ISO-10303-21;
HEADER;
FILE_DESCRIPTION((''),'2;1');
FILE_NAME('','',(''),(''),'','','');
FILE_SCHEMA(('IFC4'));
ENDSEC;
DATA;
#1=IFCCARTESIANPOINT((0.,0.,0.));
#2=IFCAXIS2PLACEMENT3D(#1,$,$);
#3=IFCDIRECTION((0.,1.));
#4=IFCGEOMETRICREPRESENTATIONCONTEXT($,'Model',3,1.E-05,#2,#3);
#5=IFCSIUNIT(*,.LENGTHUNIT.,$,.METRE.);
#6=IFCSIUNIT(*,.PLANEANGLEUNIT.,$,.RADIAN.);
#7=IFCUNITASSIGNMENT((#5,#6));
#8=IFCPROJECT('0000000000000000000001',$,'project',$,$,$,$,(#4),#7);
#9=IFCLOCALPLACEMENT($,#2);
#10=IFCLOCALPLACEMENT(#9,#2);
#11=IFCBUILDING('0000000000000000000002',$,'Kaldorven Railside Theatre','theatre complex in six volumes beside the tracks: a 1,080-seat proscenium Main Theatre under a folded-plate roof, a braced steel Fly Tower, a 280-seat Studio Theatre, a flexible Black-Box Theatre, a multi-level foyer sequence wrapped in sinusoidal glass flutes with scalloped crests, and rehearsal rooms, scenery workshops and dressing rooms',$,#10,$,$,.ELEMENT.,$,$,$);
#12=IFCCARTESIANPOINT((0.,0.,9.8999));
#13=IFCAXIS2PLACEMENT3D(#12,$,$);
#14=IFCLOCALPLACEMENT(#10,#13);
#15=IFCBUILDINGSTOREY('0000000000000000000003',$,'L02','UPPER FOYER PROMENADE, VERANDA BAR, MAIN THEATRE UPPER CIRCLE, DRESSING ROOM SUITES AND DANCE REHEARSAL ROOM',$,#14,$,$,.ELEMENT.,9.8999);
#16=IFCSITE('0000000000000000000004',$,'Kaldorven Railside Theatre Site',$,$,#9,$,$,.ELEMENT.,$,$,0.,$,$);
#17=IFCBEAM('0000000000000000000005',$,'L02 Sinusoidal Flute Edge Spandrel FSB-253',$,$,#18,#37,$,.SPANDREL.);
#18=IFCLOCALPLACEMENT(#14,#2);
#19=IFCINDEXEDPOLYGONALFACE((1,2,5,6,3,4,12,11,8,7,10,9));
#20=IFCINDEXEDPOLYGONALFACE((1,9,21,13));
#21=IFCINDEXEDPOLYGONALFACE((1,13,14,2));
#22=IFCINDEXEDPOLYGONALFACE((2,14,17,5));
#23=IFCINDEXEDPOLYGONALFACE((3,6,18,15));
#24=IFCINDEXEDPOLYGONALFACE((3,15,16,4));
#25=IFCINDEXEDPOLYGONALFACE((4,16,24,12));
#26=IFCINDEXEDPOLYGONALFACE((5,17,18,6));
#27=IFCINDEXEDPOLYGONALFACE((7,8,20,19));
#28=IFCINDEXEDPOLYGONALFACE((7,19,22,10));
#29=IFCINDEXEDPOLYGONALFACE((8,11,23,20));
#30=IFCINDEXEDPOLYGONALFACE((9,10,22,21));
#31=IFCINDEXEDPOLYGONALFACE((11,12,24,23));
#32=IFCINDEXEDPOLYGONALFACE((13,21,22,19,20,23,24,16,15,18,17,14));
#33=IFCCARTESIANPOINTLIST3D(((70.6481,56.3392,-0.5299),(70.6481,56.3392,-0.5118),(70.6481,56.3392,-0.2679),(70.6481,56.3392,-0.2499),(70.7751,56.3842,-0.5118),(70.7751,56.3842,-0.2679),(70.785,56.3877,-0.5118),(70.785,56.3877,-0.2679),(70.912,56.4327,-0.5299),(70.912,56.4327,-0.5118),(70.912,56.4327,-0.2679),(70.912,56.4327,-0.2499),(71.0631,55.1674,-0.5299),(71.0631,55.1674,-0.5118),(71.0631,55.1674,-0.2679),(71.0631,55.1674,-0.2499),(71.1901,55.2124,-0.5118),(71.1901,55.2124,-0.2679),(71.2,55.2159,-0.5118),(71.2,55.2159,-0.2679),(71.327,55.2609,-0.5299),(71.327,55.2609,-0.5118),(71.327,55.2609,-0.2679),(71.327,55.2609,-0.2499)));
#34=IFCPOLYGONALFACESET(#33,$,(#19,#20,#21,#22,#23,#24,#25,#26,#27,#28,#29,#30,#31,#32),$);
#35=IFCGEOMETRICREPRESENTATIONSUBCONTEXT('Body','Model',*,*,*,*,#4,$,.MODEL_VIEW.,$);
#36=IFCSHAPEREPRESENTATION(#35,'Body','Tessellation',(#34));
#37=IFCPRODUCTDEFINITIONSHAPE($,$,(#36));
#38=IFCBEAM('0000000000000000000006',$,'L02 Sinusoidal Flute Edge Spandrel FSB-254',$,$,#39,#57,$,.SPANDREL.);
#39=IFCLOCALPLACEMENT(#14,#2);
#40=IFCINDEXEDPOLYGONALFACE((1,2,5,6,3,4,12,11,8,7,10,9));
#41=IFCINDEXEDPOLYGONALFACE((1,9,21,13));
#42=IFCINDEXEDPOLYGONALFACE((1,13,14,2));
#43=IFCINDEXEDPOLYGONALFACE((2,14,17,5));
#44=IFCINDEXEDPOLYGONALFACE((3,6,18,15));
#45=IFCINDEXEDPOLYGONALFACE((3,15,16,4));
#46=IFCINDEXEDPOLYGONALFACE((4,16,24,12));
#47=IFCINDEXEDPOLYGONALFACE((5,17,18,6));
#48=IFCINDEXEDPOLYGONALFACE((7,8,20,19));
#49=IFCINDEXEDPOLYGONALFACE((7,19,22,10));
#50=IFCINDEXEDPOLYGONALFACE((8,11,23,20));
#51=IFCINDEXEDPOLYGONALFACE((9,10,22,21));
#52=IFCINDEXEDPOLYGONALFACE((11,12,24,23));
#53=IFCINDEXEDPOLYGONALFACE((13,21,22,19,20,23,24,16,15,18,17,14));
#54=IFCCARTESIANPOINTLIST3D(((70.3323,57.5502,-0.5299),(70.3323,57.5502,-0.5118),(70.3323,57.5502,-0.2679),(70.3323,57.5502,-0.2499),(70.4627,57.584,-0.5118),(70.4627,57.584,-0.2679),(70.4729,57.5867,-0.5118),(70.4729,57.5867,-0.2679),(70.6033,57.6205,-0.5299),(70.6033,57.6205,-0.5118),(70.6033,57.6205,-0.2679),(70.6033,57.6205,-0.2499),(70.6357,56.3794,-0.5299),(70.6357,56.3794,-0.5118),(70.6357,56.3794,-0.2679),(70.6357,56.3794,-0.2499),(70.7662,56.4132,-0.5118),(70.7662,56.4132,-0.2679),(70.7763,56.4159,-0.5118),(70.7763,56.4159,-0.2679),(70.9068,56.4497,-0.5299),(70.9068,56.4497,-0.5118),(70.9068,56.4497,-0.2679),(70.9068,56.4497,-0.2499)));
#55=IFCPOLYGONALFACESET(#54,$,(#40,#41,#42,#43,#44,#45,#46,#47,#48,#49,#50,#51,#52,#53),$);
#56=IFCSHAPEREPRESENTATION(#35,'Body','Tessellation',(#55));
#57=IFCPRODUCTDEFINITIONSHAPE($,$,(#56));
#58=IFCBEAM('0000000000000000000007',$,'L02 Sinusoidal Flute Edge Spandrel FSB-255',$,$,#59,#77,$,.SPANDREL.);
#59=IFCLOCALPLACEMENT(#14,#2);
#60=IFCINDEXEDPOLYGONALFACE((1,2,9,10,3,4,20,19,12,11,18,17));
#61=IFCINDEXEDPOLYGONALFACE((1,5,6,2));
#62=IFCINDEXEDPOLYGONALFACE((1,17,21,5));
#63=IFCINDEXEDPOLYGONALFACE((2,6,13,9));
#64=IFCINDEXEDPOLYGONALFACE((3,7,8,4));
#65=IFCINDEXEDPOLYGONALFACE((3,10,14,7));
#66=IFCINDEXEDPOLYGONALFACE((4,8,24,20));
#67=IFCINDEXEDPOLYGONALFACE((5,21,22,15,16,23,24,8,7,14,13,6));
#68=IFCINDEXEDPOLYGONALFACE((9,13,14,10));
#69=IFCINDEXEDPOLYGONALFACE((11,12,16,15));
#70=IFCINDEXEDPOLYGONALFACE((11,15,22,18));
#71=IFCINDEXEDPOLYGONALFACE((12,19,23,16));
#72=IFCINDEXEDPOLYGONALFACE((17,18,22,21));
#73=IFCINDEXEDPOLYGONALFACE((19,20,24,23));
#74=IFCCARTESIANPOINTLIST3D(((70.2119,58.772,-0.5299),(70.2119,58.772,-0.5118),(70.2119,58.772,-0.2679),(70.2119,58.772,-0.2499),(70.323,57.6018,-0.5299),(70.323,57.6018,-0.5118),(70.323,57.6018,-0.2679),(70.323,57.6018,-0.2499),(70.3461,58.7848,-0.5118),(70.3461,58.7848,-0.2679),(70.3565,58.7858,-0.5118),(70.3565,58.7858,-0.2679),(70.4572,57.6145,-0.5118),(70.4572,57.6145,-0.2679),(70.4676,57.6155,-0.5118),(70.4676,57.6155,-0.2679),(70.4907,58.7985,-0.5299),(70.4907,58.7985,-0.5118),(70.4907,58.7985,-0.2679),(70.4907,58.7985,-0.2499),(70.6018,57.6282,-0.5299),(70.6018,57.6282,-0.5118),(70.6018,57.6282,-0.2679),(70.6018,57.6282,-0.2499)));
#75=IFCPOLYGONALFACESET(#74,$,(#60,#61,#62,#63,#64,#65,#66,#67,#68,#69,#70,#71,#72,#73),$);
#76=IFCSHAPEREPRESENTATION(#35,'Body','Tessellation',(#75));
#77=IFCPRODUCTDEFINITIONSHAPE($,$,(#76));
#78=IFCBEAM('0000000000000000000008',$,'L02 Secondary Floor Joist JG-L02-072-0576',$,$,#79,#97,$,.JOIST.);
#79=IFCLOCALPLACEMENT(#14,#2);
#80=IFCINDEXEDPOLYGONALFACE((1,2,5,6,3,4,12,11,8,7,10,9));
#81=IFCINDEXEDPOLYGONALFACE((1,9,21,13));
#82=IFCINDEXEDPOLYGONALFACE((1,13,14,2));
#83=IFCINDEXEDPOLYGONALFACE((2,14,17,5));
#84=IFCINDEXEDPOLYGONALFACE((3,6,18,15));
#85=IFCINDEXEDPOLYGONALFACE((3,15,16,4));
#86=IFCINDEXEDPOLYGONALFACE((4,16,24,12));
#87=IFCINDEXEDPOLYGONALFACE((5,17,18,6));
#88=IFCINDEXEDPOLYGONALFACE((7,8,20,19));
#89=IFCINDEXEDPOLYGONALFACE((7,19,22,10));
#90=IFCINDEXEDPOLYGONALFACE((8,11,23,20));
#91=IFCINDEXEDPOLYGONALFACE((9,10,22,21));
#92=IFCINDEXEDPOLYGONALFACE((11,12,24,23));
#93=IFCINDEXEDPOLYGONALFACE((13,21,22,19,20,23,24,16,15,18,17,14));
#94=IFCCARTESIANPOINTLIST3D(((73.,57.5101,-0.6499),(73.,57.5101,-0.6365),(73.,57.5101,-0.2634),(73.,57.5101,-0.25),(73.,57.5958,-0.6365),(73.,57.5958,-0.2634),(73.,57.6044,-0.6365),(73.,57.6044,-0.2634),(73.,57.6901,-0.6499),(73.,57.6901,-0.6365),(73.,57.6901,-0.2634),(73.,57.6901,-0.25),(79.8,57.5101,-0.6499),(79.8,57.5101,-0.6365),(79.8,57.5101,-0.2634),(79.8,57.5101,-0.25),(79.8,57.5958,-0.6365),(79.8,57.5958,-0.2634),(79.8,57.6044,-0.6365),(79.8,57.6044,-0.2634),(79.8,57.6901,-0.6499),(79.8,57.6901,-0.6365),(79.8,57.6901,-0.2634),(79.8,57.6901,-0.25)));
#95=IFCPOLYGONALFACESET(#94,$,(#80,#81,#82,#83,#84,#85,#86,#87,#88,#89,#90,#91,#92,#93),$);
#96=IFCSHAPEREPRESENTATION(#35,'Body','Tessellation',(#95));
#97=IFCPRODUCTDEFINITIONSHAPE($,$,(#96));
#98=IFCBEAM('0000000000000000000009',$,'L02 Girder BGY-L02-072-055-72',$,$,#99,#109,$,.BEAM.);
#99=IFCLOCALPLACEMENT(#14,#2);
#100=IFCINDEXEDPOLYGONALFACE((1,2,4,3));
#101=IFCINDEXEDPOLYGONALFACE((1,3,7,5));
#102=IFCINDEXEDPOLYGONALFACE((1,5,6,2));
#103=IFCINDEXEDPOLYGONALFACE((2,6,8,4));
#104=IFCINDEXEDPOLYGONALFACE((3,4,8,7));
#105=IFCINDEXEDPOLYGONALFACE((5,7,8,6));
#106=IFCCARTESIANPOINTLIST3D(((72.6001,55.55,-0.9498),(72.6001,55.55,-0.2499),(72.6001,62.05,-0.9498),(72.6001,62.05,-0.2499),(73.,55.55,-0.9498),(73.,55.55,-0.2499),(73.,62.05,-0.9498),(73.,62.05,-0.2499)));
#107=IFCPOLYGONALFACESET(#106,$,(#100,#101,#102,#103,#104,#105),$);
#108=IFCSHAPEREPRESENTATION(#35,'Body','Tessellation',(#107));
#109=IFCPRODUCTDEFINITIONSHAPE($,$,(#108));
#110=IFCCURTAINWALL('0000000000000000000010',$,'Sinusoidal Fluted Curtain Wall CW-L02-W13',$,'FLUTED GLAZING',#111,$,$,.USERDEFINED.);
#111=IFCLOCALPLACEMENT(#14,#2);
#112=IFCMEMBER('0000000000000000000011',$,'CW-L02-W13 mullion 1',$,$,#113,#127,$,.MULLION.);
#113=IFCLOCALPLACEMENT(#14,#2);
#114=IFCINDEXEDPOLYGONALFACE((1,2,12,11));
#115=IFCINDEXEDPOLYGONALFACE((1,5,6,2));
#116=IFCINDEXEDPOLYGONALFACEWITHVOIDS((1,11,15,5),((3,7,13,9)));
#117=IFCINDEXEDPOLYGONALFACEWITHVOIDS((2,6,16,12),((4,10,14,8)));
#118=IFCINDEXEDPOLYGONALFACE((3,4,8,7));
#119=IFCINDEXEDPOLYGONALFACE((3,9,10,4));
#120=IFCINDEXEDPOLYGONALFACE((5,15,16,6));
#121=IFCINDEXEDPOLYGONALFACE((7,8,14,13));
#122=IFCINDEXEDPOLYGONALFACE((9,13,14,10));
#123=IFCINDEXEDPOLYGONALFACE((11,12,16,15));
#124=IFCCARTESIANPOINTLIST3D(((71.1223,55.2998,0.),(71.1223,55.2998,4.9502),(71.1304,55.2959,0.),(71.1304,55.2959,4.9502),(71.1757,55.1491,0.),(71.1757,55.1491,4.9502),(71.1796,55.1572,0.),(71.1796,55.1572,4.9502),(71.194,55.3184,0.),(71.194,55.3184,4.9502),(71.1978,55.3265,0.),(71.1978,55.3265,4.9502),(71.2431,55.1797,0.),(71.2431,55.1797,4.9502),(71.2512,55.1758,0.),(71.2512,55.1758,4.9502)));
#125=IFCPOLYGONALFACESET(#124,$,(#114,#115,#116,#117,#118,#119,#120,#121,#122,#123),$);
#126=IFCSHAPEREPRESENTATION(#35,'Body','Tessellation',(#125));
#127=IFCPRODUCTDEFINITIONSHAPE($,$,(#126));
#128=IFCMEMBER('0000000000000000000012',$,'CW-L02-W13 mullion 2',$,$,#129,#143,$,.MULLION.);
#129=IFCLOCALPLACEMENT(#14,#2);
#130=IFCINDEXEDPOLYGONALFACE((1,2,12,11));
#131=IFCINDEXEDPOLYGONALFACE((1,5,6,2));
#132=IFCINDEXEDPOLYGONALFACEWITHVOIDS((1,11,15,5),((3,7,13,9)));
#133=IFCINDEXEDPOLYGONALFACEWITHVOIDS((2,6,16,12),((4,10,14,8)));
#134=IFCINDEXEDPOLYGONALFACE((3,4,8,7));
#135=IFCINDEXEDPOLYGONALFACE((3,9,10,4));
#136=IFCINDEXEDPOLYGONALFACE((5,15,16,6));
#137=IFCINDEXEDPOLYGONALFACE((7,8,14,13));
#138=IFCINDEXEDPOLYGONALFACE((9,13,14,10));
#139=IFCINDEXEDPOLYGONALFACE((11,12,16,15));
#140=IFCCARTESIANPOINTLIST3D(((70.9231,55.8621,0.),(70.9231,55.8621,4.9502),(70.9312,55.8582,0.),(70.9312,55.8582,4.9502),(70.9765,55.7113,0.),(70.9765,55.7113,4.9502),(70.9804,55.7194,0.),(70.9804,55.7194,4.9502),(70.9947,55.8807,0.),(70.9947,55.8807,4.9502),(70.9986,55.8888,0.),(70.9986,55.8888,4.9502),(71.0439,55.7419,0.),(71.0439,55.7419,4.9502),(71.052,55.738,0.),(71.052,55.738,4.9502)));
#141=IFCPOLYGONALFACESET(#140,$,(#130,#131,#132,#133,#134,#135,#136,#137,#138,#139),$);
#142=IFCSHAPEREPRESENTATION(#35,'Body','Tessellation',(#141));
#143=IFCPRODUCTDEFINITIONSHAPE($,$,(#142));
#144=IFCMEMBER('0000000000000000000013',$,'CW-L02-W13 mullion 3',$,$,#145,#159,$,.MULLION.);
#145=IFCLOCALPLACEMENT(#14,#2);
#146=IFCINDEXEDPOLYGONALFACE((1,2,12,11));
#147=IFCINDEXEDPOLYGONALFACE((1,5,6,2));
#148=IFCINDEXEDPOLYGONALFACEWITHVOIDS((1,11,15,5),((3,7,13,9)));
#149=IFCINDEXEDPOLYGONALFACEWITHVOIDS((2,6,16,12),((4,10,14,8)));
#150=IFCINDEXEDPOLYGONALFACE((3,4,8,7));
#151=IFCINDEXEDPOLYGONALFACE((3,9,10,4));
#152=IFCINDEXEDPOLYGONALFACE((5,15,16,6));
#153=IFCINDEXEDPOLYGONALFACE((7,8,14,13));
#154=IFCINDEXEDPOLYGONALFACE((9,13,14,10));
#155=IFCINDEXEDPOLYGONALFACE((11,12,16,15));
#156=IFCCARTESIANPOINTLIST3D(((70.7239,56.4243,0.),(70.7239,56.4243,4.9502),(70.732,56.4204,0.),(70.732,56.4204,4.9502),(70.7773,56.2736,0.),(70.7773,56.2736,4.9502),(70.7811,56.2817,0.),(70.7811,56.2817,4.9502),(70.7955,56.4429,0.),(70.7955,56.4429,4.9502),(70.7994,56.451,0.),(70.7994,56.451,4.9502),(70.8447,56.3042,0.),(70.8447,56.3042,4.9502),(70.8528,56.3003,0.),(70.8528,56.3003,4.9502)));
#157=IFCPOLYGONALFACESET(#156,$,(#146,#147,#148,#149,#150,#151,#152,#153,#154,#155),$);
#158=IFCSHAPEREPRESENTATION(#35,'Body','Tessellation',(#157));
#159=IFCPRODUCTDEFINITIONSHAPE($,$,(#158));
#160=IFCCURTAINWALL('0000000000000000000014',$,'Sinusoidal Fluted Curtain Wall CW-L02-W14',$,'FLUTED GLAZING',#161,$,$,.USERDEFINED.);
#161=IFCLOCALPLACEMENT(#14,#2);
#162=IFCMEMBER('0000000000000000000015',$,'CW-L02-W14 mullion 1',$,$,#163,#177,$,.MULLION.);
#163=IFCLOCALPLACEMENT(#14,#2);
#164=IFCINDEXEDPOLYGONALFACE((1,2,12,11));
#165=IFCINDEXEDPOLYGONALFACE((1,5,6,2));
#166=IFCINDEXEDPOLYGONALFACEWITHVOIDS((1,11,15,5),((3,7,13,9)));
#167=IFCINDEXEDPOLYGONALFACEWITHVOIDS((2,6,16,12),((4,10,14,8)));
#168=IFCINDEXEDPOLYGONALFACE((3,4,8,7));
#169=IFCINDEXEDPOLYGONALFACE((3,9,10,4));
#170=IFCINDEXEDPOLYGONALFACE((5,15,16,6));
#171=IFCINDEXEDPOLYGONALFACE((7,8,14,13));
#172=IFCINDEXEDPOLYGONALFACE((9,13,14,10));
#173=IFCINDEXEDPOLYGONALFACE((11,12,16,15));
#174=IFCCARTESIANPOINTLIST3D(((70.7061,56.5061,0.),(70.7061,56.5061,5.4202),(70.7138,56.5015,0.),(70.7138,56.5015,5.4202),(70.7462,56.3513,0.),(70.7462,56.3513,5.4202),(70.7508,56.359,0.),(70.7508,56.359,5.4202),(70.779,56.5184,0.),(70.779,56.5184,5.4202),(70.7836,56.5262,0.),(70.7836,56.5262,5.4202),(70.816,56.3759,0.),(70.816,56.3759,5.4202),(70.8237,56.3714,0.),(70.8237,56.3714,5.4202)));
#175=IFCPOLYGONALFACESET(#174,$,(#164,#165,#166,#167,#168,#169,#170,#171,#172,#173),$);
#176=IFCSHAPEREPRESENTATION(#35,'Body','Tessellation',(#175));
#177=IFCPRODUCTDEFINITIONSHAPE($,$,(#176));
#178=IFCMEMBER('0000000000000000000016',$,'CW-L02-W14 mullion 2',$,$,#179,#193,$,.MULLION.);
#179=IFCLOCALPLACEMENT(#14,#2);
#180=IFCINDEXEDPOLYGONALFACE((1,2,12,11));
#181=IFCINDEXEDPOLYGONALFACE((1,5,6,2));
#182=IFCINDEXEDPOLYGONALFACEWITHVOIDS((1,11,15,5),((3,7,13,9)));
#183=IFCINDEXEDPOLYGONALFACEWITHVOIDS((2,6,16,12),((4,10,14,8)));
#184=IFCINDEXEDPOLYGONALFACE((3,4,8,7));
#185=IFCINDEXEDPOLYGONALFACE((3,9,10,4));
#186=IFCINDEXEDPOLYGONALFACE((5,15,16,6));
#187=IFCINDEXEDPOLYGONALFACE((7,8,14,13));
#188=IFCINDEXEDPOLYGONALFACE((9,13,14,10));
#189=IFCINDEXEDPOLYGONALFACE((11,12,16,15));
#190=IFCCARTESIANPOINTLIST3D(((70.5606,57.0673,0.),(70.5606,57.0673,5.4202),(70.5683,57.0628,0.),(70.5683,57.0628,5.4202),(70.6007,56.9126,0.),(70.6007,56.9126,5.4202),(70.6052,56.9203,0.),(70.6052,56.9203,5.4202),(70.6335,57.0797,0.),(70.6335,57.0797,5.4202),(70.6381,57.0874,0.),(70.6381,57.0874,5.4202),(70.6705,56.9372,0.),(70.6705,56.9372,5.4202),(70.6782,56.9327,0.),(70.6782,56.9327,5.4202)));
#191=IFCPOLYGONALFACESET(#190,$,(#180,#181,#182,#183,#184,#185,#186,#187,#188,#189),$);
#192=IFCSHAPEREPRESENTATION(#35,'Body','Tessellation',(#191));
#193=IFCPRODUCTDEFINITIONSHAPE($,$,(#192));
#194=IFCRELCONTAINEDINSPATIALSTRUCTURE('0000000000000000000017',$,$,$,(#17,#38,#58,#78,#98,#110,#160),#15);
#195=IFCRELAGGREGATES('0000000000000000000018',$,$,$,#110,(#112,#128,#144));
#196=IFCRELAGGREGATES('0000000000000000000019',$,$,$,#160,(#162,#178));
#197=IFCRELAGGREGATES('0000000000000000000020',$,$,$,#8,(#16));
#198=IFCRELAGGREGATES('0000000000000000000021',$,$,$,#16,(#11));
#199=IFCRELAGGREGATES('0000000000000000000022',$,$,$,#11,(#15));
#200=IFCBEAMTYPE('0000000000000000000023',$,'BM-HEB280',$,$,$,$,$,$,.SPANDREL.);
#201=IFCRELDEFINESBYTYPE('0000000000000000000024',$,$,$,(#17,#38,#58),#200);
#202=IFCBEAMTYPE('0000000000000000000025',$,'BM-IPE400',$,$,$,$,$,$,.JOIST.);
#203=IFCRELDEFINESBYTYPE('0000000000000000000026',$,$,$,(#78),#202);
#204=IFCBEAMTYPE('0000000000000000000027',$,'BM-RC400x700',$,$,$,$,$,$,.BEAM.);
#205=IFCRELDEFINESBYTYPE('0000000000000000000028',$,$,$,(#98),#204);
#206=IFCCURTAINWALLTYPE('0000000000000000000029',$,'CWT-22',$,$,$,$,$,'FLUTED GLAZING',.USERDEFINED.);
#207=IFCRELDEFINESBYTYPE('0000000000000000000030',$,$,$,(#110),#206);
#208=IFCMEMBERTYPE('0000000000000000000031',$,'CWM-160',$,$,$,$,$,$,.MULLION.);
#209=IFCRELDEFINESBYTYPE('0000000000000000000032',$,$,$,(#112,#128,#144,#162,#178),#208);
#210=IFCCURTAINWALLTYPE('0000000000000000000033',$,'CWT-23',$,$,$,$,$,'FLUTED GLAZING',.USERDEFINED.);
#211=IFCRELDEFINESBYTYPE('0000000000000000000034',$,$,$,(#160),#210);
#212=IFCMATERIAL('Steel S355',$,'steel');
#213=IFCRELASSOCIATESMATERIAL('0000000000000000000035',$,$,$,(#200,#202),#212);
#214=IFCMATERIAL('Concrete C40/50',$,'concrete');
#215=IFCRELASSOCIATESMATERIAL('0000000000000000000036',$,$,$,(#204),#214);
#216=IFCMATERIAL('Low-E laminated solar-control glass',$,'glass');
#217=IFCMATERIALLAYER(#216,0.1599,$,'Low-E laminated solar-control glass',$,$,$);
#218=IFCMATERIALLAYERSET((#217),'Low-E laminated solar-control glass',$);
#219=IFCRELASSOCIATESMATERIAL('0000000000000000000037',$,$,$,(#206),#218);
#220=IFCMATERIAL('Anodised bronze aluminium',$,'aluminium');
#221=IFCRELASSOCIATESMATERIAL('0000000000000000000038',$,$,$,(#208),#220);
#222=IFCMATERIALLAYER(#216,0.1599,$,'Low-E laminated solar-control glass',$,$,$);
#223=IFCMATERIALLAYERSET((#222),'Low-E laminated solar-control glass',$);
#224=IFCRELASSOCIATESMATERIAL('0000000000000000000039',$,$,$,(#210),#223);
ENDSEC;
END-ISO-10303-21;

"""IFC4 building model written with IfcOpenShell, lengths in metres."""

from ifc_helpers import new_model, si_unit, direction, frame, origin, origin_2d, place, context, subcontext, project, spatial, rectangle, hollow_rectangle, i_section, extrude, material, layer, layer_set, material_profile, profile_set, type_object, element, aggregate, save


model = new_model("IFC4")

# Units and contexts
model_context = context("Model", 3, precision=1e-05, world=origin(), true_north=direction((0.0, 1.0)))
body_context = subcontext(model_context, "Body", "Model", "MODEL_VIEW")
ifc_project = project(units=[si_unit("LENGTHUNIT", "METRE"), si_unit("PLANEANGLEUNIT", "RADIAN")], contexts=[model_context])

# Site, building, storey
site_placement = place(None, origin())
site = spatial("IfcSite", under=ifc_project, at=site_placement, Name="Kaldorven Railside Theatre Site", CompositionType="ELEMENT", RefElevation=0.0)
building_placement = place(site_placement, origin())
building = spatial("IfcBuilding", under=site, at=building_placement, Name="Kaldorven Railside Theatre", Description="theatre complex in six volumes beside the tracks: a 1,080-seat proscenium Main Theatre under a folded-plate roof, a braced steel Fly Tower, a 280-seat Studio Theatre, a flexible Black-Box Theatre, a multi-level foyer sequence wrapped in sinusoidal glass flutes with scalloped crests, and rehearsal rooms, scenery workshops and dressing rooms", CompositionType="ELEMENT")
storey_placement = place(building_placement, frame((0.0, 0.0, 9.8999)))
storey = spatial("IfcBuildingStorey", under=building, at=storey_placement, Name="L02", Description="UPPER FOYER PROMENADE, VERANDA BAR, MAIN THEATRE UPPER CIRCLE, DRESSING ROOM SUITES AND DANCE REHEARSAL ROOM", CompositionType="ELEMENT", Elevation=9.8999)

# Beams
ifc_material_1 = material(Name="Steel S355", Category="steel")
ifc_material_profile_1 = material_profile(ifc_material_1, i_section(OverallWidth=0.28, OverallDepth=0.28, WebThickness=0.0105, FlangeThickness=0.0181, at=origin_2d()), Name="HEB 280")
ifc_profile_set_1 = profile_set([ifc_material_profile_1], Name="Steel S355")
beam_type_1 = type_object("IfcBeamType", Name="BM-HEB280", PredefinedType="SPANDREL", material=ifc_profile_set_1)
beam_1_placement = place(storey_placement, frame((71.1951, 55.2141, -0.3899), z_axis=(-0.333847, 0.942627, 0.0), x_axis=(-0.942627, -0.333847, 0.0)))
element("IfcBeam", 1, at=beam_1_placement, inside=storey, type_object=beam_type_1, Name="L02 Sinusoidal Flute Edge Spandrel FSB-253", PredefinedType="SPANDREL", context=body_context, shape_type="SweptSolid", body=[
    extrude(i_section(OverallWidth=0.28, OverallDepth=0.28, WebThickness=0.0105, FlangeThickness=0.0181, at=origin_2d()), origin(), (0.0, 0.0, 1.0), 1.2432),
])
beam_2_placement = place(storey_placement, frame((70.7712, 56.4146, -0.3899), z_axis=(-0.250885, 0.968017, 0.0), x_axis=(-0.968017, -0.250885, 0.0)))
element("IfcBeam", 2, at=beam_2_placement, inside=storey, type_object=beam_type_1, Name="L02 Sinusoidal Flute Edge Spandrel FSB-254", PredefinedType="SPANDREL", context=body_context, shape_type="SweptSolid", body=[
    extrude(i_section(OverallWidth=0.28, OverallDepth=0.28, WebThickness=0.0105, FlangeThickness=0.0181, at=origin_2d()), origin(), (0.0, 0.0, 1.0), 1.2095),
])
beam_3_placement = place(storey_placement, frame((70.4624, 57.615, -0.3899), z_axis=(-0.094505, 0.995524, 0.0), x_axis=(-0.995524, -0.094505, 0.0)))
element("IfcBeam", 3, at=beam_3_placement, inside=storey, type_object=beam_type_1, Name="L02 Sinusoidal Flute Edge Spandrel FSB-255", PredefinedType="SPANDREL", context=body_context, shape_type="SweptSolid", body=[
    extrude(i_section(OverallWidth=0.28, OverallDepth=0.28, WebThickness=0.0105, FlangeThickness=0.0181, at=origin_2d()), origin(), (0.0, 0.0, 1.0), 1.1755),
])
ifc_material_profile_2 = material_profile(ifc_material_1, i_section(OverallWidth=0.1799, OverallDepth=0.3999, WebThickness=0.0085, FlangeThickness=0.0134, at=origin_2d()), Name="IPE 400")
ifc_profile_set_2 = profile_set([ifc_material_profile_2], Name="Steel S355")
beam_type_2 = type_object("IfcBeamType", Name="BM-IPE400", PredefinedType="JOIST", material=ifc_profile_set_2)
beam_4_placement = place(storey_placement, frame((73.0, 57.6001, -0.45), z_axis=(1.0, 0.0, 0.0), x_axis=(0.0, 1.0, 0.0)))
element("IfcBeam", 4, at=beam_4_placement, inside=storey, type_object=beam_type_2, Name="L02 Secondary Floor Joist JG-L02-072-0576", PredefinedType="JOIST", context=body_context, shape_type="SweptSolid", body=[
    extrude(i_section(OverallWidth=0.1799, OverallDepth=0.3999, WebThickness=0.0085, FlangeThickness=0.0134, at=origin_2d()), origin(), (0.0, 0.0, 1.0), 6.8),
])
ifc_material_2 = material(Name="Concrete C40/50", Category="concrete")
ifc_material_profile_3 = material_profile(ifc_material_2, rectangle(XDim=0.3999, YDim=0.7, at=origin_2d()), Name="RC 400x700")
ifc_profile_set_3 = profile_set([ifc_material_profile_3], Name="Concrete C40/50")
beam_type_3 = type_object("IfcBeamType", Name="BM-RC400x700", PredefinedType="BEAM", material=ifc_profile_set_3)
beam_5_placement = place(storey_placement, frame((72.8, 55.55, -0.5999), z_axis=(0.0, 1.0, 0.0), x_axis=(-1.0, 0.0, 0.0)))
element("IfcBeam", 5, at=beam_5_placement, inside=storey, type_object=beam_type_3, Name="L02 Girder BGY-L02-072-055-72", PredefinedType="BEAM", context=body_context, shape_type="SweptSolid", body=[
    extrude(rectangle(XDim=0.3999, YDim=0.7, at=origin_2d()), origin(), (0.0, 0.0, 1.0), 6.5),
])

# Curtain walls, members
ifc_material_3 = material(Name="Low-E laminated solar-control glass", Category="glass")
ifc_layer_1 = layer(ifc_material_3, 0.1599, Name="Low-E laminated solar-control glass")
ifc_layer_set_1 = layer_set([ifc_layer_1], Name="Low-E laminated solar-control glass")
curtain_wall_type_1 = type_object("IfcCurtainWallType", Name="CWT-22", ElementType="FLUTED GLAZING", PredefinedType="USERDEFINED", material=ifc_layer_set_1)
curtain_wall_1_placement = place(storey_placement, origin())
curtain_wall_1 = element("IfcCurtainWall", 6, at=curtain_wall_1_placement, inside=storey, type_object=curtain_wall_type_1, Name="Sinusoidal Fluted Curtain Wall CW-L02-W13", ObjectType="FLUTED GLAZING", PredefinedType="USERDEFINED")
ifc_material_4 = material(Name="Anodised bronze aluminium", Category="aluminium")
ifc_material_profile_4 = material_profile(ifc_material_4, hollow_rectangle(XDim=0.0801, YDim=0.1599, WallThickness=0.0063, at=origin_2d()), Name="RHS 160x80x6.3")
ifc_profile_set_4 = profile_set([ifc_material_profile_4], Name="Anodised bronze aluminium")
member_type_1 = type_object("IfcMemberType", Name="CWM-160", PredefinedType="MULLION", material=ifc_profile_set_4)
member_1_placement = place(storey_placement, frame((71.1868, 55.2378, 0.0), z_axis=(0.0, 0.0, 1.0), x_axis=(-0.942627, -0.333847, 0.0)))
member_1 = element("IfcMember", 7, at=member_1_placement, type_object=member_type_1, Name="CW-L02-W13 mullion 1", PredefinedType="MULLION", context=body_context, shape_type="SweptSolid", body=[
    extrude(hollow_rectangle(XDim=0.0801, YDim=0.1599, WallThickness=0.0063, at=origin_2d()), origin(), (0.0, 0.0, 1.0), 4.9502),
])
member_2_placement = place(storey_placement, frame((70.9875, 55.8, 0.0), z_axis=(0.0, 0.0, 1.0), x_axis=(-0.942627, -0.333847, 0.0)))
member_2 = element("IfcMember", 8, at=member_2_placement, type_object=member_type_1, Name="CW-L02-W13 mullion 2", PredefinedType="MULLION", context=body_context, shape_type="SweptSolid", body=[
    extrude(hollow_rectangle(XDim=0.0801, YDim=0.1599, WallThickness=0.0063, at=origin_2d()), origin(), (0.0, 0.0, 1.0), 4.9502),
])
member_3_placement = place(storey_placement, frame((70.7883, 56.3623, 0.0), z_axis=(0.0, 0.0, 1.0), x_axis=(-0.942627, -0.333847, 0.0)))
member_3 = element("IfcMember", 9, at=member_3_placement, type_object=member_type_1, Name="CW-L02-W13 mullion 3", PredefinedType="MULLION", context=body_context, shape_type="SweptSolid", body=[
    extrude(hollow_rectangle(XDim=0.0801, YDim=0.1599, WallThickness=0.0063, at=origin_2d()), origin(), (0.0, 0.0, 1.0), 4.9502),
])
ifc_layer_2 = layer(ifc_material_3, 0.1599, Name="Low-E laminated solar-control glass")
ifc_layer_set_2 = layer_set([ifc_layer_2], Name="Low-E laminated solar-control glass")
curtain_wall_type_2 = type_object("IfcCurtainWallType", Name="CWT-23", ElementType="FLUTED GLAZING", PredefinedType="USERDEFINED", material=ifc_layer_set_2)
curtain_wall_2_placement = place(storey_placement, origin())
curtain_wall_2 = element("IfcCurtainWall", 10, at=curtain_wall_2_placement, inside=storey, type_object=curtain_wall_type_2, Name="Sinusoidal Fluted Curtain Wall CW-L02-W14", ObjectType="FLUTED GLAZING", PredefinedType="USERDEFINED")
member_4_placement = place(storey_placement, frame((70.7649, 56.4387, 0.0), z_axis=(0.0, 0.0, 1.0), x_axis=(-0.967999, -0.250954, 0.0)))
member_4 = element("IfcMember", 11, at=member_4_placement, type_object=member_type_1, Name="CW-L02-W14 mullion 1", PredefinedType="MULLION", context=body_context, shape_type="SweptSolid", body=[
    extrude(hollow_rectangle(XDim=0.0801, YDim=0.1599, WallThickness=0.0063, at=origin_2d()), origin(), (0.0, 0.0, 1.0), 5.4202),
])
member_5_placement = place(storey_placement, frame((70.6194, 57.0, 0.0), z_axis=(0.0, 0.0, 1.0), x_axis=(-0.967999, -0.250954, 0.0)))
member_5 = element("IfcMember", 12, at=member_5_placement, type_object=member_type_1, Name="CW-L02-W14 mullion 2", PredefinedType="MULLION", context=body_context, shape_type="SweptSolid", body=[
    extrude(hollow_rectangle(XDim=0.0801, YDim=0.1599, WallThickness=0.0063, at=origin_2d()), origin(), (0.0, 0.0, 1.0), 5.4202),
])

aggregate(curtain_wall_1, [member_1, member_2, member_3])
aggregate(curtain_wall_2, [member_4, member_5])

save(model, "model.ifc")
